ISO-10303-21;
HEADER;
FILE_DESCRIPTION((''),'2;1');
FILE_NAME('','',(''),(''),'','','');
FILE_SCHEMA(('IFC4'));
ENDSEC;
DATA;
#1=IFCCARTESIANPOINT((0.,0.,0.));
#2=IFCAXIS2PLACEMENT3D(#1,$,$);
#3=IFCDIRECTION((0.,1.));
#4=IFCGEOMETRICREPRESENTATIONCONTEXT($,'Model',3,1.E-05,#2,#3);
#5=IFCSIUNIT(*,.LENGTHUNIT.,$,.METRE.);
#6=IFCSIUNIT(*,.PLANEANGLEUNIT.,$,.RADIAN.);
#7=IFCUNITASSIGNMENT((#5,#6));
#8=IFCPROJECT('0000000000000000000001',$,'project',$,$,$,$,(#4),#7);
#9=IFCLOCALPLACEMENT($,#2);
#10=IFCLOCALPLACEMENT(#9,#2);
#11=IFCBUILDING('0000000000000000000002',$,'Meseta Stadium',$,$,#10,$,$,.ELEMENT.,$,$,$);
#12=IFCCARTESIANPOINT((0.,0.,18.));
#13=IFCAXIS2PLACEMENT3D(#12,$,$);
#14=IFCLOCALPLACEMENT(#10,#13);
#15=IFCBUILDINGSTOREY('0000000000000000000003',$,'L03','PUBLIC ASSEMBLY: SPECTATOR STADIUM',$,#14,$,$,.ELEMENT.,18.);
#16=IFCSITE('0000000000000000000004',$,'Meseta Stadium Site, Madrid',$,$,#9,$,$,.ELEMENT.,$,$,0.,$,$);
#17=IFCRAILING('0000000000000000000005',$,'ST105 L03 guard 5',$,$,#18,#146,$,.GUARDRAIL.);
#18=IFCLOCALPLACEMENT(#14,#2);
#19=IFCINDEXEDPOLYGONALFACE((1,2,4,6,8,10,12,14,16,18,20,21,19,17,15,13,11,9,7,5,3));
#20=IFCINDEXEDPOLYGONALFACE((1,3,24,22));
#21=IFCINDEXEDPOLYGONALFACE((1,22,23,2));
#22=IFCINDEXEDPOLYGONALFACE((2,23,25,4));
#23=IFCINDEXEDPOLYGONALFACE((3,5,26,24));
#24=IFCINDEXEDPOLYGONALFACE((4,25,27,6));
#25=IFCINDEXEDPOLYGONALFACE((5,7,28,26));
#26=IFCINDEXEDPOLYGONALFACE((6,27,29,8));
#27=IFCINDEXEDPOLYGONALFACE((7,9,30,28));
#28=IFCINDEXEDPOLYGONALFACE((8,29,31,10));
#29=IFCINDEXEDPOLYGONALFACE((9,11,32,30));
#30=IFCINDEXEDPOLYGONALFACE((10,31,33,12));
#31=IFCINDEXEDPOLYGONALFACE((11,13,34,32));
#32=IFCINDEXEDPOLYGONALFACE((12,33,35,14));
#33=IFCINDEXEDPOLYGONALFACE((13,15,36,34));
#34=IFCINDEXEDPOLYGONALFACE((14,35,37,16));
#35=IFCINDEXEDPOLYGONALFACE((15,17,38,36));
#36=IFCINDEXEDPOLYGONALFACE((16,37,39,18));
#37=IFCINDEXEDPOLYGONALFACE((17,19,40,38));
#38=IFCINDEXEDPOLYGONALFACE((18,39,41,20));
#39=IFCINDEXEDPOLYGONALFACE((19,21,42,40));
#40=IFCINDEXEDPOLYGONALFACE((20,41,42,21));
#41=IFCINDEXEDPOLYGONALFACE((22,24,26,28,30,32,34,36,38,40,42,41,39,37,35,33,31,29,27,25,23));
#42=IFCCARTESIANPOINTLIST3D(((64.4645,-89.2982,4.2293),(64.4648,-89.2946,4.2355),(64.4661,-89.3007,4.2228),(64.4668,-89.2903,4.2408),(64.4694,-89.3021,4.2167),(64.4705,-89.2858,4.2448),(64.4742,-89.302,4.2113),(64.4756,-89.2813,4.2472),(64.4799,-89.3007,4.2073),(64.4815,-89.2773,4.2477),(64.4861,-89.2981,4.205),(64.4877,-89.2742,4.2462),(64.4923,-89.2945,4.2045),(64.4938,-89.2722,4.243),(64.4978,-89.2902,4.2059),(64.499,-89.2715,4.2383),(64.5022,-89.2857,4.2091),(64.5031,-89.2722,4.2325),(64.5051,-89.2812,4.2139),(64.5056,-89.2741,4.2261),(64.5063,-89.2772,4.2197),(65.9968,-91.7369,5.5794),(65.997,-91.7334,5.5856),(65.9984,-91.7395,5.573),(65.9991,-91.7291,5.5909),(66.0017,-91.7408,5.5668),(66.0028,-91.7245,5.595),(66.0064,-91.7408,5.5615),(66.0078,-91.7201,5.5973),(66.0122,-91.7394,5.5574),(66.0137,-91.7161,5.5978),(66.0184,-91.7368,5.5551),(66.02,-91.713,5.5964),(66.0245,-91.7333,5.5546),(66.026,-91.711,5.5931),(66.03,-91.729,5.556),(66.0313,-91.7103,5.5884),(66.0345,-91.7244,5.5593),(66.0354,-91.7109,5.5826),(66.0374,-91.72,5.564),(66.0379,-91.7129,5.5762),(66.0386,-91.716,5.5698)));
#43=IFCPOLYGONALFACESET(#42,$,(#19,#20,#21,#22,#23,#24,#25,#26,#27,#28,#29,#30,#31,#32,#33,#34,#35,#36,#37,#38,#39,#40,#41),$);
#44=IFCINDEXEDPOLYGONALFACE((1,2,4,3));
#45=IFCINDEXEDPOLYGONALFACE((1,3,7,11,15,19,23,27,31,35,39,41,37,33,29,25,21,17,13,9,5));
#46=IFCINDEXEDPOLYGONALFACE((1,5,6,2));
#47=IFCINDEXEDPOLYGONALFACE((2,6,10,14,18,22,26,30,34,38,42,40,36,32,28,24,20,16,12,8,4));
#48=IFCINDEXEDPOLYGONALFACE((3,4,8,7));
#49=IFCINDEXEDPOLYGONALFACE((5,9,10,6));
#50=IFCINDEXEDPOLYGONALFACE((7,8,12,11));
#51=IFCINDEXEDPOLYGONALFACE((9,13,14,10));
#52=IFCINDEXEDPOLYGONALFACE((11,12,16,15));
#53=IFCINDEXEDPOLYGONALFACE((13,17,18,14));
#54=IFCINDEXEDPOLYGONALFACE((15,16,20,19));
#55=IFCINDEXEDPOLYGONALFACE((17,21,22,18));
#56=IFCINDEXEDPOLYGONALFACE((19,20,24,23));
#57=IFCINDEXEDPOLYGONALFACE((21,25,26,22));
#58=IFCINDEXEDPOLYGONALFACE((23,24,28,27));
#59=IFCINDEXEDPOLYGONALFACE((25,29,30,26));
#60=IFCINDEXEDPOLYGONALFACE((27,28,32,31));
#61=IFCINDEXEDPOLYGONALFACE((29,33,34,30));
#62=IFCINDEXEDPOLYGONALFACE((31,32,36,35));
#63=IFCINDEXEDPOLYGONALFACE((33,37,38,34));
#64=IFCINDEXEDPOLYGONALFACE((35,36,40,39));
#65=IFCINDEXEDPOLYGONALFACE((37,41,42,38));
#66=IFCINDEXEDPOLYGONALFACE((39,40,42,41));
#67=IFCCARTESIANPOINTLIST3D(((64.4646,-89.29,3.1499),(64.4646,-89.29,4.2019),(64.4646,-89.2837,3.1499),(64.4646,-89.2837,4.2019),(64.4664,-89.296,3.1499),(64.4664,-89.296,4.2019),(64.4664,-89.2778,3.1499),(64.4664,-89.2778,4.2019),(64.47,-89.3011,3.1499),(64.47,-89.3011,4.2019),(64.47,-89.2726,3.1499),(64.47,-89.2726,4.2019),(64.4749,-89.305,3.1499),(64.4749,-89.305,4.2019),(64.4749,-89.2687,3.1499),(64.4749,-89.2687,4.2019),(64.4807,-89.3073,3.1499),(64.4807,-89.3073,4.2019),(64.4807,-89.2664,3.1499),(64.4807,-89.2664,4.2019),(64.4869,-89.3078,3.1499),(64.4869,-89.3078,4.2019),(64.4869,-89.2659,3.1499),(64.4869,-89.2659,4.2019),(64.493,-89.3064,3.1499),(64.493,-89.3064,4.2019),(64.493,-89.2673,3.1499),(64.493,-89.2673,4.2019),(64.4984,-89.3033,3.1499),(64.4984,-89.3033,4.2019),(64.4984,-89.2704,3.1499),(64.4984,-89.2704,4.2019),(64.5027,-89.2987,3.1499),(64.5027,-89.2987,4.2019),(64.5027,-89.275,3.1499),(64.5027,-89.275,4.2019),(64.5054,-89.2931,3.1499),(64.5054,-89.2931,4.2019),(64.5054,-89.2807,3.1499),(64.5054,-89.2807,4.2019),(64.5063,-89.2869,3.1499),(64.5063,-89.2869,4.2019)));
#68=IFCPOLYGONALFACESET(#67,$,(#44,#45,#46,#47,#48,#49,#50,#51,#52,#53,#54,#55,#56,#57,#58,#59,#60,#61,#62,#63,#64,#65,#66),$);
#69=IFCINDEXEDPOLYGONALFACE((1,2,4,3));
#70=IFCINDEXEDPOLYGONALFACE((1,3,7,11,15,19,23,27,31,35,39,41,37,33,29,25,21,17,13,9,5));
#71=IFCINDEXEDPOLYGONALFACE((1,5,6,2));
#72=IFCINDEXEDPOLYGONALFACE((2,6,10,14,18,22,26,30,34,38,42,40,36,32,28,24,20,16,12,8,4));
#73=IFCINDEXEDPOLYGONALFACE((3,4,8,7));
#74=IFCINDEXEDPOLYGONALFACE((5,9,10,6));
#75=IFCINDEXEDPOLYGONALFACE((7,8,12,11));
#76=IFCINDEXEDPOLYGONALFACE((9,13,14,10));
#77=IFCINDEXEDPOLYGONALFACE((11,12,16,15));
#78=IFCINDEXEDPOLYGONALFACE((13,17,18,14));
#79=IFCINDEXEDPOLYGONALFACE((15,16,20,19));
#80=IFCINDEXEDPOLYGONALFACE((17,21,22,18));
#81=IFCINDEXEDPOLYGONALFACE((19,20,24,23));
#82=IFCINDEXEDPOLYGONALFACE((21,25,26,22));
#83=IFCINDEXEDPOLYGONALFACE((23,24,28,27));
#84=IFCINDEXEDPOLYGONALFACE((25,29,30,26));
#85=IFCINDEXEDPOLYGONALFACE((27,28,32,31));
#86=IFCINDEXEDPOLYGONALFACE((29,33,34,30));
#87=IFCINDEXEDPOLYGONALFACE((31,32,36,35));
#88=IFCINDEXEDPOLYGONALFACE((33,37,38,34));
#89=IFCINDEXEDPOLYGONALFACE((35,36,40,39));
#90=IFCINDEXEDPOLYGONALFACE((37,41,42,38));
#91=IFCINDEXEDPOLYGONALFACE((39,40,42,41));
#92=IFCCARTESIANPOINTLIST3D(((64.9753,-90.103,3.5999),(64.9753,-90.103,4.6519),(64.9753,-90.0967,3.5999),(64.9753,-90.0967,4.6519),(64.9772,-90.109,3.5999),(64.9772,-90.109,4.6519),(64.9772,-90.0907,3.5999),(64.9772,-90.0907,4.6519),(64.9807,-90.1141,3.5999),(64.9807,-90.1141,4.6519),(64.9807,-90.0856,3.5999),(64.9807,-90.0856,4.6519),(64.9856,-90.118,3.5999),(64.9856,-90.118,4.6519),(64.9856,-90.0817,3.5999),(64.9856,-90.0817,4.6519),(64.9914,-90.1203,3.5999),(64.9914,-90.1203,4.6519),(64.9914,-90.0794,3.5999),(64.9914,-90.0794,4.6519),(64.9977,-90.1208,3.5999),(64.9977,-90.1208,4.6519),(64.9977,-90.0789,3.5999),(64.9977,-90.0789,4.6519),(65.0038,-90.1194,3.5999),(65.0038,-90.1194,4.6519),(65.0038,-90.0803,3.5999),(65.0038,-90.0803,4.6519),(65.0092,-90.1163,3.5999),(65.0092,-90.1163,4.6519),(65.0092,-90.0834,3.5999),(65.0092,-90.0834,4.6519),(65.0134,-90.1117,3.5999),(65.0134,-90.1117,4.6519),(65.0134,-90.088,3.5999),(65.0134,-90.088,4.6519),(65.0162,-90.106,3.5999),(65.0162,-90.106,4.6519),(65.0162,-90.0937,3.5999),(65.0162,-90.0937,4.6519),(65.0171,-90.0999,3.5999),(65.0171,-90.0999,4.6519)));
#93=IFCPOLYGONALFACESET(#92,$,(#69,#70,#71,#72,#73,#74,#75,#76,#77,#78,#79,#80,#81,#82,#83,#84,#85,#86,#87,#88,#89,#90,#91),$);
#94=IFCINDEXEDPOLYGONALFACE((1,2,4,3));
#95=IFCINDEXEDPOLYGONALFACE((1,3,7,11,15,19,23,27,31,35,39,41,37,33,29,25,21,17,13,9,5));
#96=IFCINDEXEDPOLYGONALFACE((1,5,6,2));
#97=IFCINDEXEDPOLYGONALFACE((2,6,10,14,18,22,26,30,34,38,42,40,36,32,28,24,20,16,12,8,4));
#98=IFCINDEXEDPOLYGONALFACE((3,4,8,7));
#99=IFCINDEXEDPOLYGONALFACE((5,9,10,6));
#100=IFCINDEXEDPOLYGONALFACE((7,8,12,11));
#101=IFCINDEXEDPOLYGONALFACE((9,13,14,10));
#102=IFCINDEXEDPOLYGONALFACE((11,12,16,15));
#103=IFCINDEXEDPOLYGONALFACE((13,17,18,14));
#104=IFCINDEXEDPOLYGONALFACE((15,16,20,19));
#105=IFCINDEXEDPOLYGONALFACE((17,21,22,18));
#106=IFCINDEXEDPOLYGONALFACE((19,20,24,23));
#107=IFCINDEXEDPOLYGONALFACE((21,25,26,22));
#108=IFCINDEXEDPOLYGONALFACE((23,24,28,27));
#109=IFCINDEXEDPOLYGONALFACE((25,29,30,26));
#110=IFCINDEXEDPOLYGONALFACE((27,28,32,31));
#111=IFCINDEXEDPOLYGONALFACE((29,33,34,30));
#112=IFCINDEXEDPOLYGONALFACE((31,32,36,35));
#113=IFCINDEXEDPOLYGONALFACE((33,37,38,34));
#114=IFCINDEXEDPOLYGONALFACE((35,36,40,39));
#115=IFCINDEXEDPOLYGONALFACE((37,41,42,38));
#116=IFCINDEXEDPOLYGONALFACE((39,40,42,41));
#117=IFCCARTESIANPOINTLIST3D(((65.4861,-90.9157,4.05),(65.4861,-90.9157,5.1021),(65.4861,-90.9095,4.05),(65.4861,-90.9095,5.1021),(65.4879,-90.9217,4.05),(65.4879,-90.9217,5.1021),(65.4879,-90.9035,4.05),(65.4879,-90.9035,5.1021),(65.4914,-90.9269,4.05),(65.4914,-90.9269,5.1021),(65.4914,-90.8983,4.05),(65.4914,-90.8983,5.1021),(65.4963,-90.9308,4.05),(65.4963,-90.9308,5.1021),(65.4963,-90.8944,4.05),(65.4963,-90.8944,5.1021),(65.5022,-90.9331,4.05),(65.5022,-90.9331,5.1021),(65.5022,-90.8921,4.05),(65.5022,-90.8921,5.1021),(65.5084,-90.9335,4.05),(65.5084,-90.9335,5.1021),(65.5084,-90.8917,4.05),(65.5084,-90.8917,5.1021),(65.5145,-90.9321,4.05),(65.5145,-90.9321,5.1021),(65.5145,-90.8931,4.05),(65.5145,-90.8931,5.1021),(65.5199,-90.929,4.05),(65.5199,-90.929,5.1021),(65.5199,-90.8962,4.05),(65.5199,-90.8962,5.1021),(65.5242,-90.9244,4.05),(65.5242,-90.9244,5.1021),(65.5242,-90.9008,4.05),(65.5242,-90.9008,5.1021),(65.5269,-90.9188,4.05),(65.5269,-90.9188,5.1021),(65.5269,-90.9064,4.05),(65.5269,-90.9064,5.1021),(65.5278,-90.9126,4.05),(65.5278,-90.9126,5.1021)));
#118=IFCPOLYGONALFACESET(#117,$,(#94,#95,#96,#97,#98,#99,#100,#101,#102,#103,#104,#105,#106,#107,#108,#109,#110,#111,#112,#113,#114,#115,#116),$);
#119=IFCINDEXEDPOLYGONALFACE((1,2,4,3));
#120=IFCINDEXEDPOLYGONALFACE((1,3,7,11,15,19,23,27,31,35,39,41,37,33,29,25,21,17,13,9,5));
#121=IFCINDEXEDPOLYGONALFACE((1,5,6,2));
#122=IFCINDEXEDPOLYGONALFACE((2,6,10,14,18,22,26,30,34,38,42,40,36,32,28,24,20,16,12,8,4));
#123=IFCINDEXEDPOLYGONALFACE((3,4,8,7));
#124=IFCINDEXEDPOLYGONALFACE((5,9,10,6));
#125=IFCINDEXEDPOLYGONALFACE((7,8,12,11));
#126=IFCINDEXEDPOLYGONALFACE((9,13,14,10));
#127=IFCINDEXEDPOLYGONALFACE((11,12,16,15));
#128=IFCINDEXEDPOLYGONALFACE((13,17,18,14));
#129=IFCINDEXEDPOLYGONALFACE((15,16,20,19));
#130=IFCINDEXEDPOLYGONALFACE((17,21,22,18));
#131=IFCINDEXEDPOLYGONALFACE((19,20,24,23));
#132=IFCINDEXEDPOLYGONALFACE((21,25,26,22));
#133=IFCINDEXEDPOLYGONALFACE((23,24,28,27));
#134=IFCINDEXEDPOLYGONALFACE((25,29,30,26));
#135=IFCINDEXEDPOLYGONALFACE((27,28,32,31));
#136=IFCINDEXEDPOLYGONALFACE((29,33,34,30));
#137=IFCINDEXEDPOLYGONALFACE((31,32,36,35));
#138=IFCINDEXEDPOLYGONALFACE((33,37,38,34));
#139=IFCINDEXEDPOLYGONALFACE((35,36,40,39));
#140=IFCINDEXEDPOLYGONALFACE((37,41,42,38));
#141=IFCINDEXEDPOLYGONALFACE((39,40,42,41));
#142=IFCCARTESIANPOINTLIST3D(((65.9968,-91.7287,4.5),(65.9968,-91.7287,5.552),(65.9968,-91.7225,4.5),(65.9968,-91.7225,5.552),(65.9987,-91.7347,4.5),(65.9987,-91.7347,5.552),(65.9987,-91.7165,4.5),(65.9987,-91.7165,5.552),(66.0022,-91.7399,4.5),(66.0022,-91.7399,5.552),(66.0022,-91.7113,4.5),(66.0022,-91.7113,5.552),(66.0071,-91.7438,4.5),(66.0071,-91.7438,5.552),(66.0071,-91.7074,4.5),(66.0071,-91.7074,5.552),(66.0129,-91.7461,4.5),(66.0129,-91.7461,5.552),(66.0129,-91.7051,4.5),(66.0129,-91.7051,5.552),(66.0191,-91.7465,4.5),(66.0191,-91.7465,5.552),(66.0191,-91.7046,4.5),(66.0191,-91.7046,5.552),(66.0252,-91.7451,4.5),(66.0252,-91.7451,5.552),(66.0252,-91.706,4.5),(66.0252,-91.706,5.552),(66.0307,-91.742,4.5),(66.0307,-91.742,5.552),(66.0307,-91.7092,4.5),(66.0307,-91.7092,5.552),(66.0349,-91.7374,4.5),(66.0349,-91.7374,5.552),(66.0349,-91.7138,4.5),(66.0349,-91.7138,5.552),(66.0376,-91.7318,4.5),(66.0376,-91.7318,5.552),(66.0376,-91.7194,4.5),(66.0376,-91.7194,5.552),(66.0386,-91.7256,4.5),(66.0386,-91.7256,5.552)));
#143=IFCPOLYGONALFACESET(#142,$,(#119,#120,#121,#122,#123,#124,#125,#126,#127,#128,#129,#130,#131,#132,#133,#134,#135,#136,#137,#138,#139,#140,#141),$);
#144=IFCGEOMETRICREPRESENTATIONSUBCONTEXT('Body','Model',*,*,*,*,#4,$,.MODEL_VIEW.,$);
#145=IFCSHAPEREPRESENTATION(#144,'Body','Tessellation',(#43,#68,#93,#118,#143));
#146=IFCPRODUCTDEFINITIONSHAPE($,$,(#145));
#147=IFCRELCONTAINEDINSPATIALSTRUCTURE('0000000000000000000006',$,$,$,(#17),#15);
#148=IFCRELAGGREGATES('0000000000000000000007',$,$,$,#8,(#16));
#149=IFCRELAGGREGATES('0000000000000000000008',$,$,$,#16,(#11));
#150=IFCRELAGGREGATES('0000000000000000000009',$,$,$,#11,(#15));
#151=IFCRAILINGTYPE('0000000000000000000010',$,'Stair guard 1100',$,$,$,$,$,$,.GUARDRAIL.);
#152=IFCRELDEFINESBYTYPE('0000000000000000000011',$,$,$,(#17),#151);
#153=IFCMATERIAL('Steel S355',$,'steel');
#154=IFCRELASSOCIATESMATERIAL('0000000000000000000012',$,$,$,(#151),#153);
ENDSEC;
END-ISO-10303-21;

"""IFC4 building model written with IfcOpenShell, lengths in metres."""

from ifc_helpers import new_model, si_unit, direction, frame, origin, origin_2d, place, context, subcontext, project, spatial, circle, extrude, material, type_object, element, save


model = new_model("IFC4")

# Units and contexts
model_context = context("Model", 3, precision=1e-05, world=origin(), true_north=direction((0.0, 1.0)))
body_context = subcontext(model_context, "Body", "Model", "MODEL_VIEW")
ifc_project = project(units=[si_unit("LENGTHUNIT", "METRE"), si_unit("PLANEANGLEUNIT", "RADIAN")], contexts=[model_context])

# Site, building, storey
site_placement = place(None, origin())
site = spatial("IfcSite", under=ifc_project, at=site_placement, Name="Meseta Stadium Site, Madrid", CompositionType="ELEMENT", RefElevation=0.0)
building_placement = place(site_placement, origin())
building = spatial("IfcBuilding", under=site, at=building_placement, Name="Meseta Stadium", CompositionType="ELEMENT")
storey_placement = place(building_placement, frame((0.0, 0.0, 18.0)))
storey = spatial("IfcBuildingStorey", under=building, at=storey_placement, Name="L03", Description="PUBLIC ASSEMBLY: SPECTATOR STADIUM", CompositionType="ELEMENT", Elevation=18.0)

# Railing
ifc_material_1 = material(Name="Steel S355", Category="steel")
railing_type_1 = type_object("IfcRailingType", Name="Stair guard 1100", PredefinedType="GUARDRAIL", material=ifc_material_1)
railing_1_placement = place(storey_placement, frame((64.4854, -89.2869, 3.1499)))
element("IfcRailing", 1, at=railing_1_placement, inside=storey, type_object=railing_type_1, Name="ST105 L03 guard 5", PredefinedType="GUARDRAIL", context=body_context, shape_type="SweptSolid", body=[
    extrude(circle(Radius=0.0239, at=origin_2d()), frame((0.0, 0.0, 1.0762), z_axis=(0.481703, -0.766687, 0.424445), x_axis=(0.846743, 0.532001, 0.0)), (0.0, 0.0, 1.0), 3.1809),
    extrude(circle(Radius=0.021, at=origin_2d()), origin(), (0.0, 0.0, 1.0), 1.052),
    extrude(circle(Radius=0.021, at=origin_2d()), frame((0.5107, -0.813, 0.45)), (0.0, 0.0, 1.0), 1.052),
    extrude(circle(Radius=0.021, at=origin_2d()), frame((1.0215, -1.6257, 0.9001)), (0.0, 0.0, 1.0), 1.052),
    extrude(circle(Radius=0.021, at=origin_2d()), frame((1.5322, -2.4387, 1.3501)), (0.0, 0.0, 1.0), 1.052),
])

save(model, "model.ifc")
